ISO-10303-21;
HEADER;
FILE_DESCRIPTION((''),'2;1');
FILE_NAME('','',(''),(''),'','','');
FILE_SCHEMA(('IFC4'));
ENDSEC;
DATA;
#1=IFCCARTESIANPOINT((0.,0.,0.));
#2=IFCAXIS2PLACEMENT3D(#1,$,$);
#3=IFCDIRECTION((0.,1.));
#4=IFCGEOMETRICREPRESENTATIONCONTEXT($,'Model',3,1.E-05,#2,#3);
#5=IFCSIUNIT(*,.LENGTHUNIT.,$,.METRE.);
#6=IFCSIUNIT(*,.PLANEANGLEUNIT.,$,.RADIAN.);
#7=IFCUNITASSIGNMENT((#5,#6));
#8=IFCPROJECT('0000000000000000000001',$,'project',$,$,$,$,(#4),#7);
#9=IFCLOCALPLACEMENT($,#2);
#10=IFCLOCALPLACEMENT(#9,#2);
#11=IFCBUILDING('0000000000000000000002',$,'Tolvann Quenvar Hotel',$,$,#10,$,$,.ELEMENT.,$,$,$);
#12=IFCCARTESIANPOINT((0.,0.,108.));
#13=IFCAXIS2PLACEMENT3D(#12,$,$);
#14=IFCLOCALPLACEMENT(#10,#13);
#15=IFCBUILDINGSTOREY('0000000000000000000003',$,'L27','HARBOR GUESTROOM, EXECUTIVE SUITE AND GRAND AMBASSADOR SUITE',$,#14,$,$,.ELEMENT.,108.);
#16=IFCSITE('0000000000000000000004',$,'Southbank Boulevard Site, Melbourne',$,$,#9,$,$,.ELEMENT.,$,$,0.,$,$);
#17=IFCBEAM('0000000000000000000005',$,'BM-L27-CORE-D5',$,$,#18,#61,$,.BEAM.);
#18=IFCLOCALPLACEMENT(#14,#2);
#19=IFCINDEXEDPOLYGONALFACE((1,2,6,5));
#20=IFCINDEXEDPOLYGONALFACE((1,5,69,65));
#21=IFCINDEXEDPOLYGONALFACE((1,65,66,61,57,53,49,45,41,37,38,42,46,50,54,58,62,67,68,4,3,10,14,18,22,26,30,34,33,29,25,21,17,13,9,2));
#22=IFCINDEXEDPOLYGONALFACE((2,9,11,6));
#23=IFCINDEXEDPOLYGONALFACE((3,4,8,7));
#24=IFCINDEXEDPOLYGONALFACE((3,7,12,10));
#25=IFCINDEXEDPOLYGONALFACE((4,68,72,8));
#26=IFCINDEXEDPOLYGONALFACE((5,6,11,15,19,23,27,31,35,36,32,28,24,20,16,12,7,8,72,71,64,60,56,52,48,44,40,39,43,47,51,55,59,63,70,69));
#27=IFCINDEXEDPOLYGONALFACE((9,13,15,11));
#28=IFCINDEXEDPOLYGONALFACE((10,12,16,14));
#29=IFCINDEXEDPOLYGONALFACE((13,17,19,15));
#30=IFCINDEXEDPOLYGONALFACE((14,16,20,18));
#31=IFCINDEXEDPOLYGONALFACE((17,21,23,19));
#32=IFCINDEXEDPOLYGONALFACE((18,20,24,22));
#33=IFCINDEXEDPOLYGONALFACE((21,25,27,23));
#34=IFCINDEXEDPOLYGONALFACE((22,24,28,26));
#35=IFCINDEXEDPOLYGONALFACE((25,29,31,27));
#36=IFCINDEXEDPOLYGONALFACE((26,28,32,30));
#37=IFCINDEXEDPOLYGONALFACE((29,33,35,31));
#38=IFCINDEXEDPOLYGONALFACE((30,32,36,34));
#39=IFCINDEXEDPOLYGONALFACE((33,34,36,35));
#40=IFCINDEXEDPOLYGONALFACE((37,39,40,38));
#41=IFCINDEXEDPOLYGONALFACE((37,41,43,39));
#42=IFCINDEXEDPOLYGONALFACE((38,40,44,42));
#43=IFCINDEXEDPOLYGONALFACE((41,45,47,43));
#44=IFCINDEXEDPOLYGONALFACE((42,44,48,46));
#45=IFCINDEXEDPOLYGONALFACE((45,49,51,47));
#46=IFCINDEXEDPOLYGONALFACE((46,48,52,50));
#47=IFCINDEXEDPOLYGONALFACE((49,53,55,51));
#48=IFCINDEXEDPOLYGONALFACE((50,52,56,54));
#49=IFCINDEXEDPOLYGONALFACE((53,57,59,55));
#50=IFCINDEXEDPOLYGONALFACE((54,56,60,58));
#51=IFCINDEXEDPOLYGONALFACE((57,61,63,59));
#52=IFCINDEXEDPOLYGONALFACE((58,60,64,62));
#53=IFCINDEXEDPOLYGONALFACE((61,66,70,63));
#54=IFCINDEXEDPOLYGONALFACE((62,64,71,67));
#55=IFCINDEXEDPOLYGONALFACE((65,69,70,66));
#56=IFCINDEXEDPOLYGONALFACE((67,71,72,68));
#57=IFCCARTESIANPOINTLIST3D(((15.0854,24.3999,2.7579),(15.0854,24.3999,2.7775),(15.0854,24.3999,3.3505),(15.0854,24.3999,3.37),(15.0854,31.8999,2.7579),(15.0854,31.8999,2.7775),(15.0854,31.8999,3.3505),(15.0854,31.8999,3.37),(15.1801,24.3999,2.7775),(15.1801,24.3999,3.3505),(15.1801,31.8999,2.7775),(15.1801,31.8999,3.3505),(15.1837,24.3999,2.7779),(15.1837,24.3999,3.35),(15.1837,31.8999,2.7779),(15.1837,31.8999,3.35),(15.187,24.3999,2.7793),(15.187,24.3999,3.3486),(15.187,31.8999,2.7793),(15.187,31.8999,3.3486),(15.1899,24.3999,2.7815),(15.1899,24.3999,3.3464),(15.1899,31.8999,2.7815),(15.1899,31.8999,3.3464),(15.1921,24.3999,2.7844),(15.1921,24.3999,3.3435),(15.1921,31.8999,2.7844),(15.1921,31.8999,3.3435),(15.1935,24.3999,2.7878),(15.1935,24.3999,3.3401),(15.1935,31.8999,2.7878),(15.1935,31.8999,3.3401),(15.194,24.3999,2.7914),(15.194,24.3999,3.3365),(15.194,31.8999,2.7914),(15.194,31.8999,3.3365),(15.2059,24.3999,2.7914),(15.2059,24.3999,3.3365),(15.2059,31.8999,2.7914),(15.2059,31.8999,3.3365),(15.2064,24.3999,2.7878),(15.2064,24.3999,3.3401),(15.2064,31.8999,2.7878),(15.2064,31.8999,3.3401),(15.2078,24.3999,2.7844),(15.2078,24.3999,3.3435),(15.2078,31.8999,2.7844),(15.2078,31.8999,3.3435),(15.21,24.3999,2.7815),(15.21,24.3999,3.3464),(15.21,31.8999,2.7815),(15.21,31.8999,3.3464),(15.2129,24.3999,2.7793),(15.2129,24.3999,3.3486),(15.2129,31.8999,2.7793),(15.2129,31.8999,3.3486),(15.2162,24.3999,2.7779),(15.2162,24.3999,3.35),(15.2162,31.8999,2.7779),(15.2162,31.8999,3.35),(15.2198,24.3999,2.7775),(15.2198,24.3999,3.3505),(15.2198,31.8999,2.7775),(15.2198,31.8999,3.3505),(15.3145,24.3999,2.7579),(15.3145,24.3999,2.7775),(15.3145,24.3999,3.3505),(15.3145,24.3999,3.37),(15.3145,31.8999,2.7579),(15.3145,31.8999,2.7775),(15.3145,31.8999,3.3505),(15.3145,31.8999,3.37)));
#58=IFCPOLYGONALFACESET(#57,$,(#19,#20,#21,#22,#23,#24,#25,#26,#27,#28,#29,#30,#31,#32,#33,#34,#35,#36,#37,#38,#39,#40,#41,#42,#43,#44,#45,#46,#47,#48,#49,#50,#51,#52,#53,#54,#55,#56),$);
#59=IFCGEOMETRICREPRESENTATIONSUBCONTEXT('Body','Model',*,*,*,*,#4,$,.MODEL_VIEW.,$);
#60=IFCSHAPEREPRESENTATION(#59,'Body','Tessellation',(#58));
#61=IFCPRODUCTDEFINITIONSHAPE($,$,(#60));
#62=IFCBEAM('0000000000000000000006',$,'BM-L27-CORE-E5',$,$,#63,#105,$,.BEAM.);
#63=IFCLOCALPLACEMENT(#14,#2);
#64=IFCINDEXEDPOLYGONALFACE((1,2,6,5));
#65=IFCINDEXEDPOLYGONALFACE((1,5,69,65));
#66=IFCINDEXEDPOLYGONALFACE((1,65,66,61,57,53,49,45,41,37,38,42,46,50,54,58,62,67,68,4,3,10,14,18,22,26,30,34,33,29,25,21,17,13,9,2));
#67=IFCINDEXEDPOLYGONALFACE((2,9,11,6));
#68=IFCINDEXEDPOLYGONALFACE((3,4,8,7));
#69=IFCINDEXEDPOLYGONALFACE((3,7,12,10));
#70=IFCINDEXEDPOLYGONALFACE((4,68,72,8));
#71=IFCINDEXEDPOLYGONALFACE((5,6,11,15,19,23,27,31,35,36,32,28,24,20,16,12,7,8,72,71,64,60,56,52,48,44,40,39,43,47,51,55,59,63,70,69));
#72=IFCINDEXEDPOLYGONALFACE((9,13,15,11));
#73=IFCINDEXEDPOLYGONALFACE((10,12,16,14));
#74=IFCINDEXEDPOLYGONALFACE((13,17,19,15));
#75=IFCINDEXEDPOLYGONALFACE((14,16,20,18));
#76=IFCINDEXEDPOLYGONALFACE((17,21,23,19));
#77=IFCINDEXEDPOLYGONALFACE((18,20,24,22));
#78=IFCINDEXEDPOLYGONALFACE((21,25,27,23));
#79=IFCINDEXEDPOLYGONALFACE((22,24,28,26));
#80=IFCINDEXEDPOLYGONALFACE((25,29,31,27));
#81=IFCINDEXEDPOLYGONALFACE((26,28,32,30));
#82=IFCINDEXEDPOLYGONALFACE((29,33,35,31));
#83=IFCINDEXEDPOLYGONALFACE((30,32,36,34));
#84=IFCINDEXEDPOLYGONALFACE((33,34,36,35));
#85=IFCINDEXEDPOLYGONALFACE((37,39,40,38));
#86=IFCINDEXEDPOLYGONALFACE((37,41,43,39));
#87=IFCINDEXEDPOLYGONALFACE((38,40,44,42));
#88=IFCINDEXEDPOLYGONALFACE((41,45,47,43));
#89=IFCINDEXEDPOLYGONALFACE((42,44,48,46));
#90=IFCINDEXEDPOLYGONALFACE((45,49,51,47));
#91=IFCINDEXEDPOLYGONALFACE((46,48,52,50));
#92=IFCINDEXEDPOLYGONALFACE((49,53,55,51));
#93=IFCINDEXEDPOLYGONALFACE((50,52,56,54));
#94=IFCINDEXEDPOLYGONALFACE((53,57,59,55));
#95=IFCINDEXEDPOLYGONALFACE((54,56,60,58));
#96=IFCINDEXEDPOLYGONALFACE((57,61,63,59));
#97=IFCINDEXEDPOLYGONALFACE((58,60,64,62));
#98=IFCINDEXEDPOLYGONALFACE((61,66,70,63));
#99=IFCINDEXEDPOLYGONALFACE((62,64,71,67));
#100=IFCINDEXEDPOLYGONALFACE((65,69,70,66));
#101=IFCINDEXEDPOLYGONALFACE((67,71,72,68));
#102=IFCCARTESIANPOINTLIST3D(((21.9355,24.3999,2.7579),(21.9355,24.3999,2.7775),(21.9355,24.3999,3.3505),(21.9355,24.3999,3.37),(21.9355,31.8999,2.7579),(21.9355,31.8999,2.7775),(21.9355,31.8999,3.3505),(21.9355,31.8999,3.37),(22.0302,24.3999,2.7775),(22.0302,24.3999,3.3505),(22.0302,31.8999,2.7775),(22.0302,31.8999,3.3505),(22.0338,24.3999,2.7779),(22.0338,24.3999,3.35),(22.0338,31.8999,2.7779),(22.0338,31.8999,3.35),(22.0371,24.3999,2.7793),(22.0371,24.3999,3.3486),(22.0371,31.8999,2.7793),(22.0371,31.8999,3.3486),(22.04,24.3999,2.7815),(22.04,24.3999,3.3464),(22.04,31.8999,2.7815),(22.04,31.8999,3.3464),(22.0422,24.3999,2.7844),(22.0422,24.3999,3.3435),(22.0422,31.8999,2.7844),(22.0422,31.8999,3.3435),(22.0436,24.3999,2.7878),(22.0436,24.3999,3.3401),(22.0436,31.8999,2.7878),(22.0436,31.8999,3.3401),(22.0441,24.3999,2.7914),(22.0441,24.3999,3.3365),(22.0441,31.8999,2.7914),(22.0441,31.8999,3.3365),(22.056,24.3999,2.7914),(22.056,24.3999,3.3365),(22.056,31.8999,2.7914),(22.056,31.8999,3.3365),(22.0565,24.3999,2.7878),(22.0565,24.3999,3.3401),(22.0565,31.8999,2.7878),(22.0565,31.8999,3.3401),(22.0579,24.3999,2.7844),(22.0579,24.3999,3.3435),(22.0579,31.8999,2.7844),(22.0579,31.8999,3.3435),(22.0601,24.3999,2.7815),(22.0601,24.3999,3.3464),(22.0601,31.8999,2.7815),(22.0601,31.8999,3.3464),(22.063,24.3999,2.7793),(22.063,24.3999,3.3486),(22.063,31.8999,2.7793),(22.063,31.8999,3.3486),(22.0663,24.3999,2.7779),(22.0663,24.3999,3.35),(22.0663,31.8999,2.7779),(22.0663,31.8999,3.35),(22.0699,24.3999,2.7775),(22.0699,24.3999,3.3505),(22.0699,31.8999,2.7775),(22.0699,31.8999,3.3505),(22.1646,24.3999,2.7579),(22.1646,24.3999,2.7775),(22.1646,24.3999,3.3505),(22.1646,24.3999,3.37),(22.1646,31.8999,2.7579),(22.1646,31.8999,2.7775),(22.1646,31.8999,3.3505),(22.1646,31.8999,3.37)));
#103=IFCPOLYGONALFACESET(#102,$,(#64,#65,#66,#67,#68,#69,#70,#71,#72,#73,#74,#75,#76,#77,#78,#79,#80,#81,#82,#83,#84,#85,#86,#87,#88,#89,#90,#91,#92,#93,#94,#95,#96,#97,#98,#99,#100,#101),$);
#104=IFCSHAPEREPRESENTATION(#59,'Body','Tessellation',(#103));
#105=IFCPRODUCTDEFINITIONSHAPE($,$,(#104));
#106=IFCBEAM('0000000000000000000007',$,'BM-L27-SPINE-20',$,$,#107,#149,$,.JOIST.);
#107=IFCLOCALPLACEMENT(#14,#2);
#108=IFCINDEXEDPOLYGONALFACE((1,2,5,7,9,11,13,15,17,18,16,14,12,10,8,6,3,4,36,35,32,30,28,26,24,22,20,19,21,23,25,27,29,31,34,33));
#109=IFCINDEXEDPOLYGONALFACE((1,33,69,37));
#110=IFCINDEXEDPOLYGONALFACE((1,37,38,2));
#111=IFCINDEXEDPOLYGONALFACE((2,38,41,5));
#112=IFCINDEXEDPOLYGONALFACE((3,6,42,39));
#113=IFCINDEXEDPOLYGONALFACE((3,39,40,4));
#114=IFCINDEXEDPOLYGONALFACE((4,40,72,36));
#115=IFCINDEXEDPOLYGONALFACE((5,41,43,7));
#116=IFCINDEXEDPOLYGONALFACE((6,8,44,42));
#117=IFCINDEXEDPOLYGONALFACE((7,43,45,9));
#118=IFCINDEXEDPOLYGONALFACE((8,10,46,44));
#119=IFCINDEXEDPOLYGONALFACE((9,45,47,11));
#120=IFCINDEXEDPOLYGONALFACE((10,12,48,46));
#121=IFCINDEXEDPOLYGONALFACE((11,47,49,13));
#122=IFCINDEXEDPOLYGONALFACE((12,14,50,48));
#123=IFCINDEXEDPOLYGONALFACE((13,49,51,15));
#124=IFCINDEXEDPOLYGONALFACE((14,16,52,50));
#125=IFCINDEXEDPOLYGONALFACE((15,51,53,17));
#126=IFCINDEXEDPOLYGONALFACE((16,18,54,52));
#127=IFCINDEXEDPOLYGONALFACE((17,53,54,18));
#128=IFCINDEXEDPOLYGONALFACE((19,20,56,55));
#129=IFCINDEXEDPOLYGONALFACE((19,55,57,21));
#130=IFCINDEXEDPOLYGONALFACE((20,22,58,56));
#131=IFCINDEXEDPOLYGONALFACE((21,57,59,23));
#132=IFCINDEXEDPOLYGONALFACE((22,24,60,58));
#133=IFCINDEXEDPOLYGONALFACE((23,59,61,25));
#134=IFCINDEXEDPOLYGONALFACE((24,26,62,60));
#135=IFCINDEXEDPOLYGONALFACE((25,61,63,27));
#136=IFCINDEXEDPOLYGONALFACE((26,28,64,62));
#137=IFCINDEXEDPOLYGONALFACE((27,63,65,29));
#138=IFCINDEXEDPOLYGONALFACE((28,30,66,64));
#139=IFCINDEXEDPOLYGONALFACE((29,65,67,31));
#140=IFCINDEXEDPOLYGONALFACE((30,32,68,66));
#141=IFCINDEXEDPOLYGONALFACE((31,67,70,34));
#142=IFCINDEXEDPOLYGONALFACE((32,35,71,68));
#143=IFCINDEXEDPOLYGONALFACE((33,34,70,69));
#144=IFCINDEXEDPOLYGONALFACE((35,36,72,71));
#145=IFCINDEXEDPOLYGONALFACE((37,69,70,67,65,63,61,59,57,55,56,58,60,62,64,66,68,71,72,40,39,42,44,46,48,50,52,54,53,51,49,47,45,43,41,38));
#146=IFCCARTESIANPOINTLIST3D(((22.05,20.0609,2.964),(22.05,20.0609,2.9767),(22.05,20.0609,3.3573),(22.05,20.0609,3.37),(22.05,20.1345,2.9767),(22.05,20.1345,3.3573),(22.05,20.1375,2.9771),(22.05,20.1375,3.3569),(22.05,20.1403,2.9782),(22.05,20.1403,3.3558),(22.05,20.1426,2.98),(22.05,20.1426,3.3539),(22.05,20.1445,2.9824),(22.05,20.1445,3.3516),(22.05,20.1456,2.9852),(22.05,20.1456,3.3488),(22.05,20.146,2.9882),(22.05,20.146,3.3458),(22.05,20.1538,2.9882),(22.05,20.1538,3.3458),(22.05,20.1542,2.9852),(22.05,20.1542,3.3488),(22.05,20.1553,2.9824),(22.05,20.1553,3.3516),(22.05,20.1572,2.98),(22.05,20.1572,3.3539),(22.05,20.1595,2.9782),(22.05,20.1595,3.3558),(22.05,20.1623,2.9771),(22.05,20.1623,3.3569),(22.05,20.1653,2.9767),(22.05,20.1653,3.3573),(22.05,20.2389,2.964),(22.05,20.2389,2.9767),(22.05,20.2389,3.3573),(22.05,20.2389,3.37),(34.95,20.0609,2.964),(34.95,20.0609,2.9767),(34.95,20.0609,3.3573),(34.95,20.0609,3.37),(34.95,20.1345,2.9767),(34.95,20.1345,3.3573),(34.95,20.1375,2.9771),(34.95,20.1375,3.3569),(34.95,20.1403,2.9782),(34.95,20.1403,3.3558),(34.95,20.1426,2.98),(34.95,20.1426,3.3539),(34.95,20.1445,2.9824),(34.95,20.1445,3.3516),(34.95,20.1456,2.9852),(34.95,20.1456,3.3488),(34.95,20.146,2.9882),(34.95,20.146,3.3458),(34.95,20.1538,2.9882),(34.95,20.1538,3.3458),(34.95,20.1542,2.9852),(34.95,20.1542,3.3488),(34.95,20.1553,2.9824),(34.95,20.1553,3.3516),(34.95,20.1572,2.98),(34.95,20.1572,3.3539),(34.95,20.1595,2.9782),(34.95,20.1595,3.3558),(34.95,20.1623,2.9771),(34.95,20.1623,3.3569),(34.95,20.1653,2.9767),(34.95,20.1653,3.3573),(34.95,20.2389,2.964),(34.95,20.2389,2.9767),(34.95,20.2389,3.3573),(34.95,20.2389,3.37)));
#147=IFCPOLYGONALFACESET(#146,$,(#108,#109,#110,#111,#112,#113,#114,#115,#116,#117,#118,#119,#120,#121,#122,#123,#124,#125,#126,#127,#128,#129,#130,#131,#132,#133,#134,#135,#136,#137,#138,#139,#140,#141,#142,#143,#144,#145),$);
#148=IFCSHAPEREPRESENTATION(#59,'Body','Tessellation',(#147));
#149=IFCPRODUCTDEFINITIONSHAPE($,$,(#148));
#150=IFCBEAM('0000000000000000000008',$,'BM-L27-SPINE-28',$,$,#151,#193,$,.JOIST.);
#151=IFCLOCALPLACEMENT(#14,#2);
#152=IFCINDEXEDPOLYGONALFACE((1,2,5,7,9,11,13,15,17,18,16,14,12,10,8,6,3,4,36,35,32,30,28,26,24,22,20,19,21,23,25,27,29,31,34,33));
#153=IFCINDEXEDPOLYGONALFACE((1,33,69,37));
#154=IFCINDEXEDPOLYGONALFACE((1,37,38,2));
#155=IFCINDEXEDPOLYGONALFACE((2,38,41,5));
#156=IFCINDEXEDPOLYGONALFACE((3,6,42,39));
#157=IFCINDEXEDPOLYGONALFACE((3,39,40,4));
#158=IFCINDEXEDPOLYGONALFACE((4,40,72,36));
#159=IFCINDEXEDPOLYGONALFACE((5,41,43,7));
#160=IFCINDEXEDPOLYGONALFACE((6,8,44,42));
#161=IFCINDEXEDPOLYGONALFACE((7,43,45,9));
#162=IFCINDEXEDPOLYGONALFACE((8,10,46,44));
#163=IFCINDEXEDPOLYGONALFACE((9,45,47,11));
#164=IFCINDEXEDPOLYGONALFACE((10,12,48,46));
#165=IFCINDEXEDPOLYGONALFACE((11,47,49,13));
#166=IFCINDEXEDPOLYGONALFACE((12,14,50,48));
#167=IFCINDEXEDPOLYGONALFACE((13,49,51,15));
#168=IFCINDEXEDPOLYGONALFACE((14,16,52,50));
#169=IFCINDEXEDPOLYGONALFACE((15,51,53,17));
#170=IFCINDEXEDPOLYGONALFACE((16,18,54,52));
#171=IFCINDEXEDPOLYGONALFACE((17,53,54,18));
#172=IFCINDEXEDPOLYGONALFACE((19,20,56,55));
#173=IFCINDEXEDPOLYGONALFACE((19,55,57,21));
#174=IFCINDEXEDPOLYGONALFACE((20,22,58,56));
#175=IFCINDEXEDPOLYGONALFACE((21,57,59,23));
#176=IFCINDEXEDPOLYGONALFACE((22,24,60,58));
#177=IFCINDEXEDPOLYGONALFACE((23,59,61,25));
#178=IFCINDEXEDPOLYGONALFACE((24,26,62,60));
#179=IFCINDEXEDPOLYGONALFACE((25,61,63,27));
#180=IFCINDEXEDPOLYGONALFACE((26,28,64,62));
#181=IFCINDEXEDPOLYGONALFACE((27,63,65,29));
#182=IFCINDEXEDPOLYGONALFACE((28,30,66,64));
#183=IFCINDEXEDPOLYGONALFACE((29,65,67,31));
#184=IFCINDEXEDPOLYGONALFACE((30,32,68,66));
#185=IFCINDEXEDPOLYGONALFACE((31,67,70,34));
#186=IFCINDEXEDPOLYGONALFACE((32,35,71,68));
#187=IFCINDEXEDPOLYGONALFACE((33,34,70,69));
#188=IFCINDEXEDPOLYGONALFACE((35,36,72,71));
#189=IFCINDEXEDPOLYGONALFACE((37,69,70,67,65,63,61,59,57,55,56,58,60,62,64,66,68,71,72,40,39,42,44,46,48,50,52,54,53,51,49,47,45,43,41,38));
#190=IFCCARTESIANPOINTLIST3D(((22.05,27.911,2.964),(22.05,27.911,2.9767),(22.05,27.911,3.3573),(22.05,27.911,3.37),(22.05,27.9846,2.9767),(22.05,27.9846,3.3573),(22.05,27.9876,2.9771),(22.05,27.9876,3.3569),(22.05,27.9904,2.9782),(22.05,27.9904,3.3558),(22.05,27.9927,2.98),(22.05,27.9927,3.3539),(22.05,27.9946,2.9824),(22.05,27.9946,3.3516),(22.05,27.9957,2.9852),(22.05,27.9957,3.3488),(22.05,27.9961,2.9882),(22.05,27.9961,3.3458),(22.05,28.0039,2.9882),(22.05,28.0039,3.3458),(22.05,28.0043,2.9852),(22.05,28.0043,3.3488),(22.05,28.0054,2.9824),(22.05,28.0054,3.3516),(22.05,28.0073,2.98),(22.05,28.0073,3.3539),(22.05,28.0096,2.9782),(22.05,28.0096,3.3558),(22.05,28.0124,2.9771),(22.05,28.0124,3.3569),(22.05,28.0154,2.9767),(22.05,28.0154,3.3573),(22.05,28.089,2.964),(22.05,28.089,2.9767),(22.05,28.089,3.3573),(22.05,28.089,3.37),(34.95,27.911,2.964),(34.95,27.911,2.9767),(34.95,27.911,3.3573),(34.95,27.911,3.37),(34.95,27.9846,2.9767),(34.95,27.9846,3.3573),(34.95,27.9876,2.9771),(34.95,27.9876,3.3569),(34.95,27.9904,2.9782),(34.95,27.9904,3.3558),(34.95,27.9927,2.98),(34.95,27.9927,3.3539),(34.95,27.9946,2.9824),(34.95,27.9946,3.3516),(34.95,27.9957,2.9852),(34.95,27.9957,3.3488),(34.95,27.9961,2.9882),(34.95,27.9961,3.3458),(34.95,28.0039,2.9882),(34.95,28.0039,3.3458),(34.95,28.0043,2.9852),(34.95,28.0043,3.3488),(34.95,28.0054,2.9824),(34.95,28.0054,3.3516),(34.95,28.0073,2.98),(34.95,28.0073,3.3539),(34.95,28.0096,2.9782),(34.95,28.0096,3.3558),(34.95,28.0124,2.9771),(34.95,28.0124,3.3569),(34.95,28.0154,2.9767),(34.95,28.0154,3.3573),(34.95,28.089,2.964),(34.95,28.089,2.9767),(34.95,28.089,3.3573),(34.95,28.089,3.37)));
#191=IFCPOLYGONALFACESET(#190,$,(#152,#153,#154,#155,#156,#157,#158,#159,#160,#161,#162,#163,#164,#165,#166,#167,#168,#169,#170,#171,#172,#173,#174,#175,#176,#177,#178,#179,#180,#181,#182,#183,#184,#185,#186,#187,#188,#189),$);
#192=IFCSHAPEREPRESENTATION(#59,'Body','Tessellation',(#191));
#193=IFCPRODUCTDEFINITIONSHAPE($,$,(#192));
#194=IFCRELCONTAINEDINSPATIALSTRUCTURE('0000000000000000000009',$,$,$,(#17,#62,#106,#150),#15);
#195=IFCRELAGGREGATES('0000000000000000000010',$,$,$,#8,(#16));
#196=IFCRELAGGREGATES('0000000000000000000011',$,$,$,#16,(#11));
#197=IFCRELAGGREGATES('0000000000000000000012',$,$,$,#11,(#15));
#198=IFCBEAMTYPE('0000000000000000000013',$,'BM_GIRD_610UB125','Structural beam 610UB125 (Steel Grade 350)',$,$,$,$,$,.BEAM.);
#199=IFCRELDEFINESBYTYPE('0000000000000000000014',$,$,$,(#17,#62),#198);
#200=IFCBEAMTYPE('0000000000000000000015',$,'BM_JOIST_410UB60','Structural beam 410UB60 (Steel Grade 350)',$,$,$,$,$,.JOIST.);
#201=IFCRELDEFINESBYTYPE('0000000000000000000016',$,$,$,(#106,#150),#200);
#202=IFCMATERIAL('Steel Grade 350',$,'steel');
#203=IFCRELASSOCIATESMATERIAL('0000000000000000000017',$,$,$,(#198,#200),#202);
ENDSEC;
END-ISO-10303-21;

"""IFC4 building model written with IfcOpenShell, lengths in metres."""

from ifc_helpers import new_model, si_unit, direction, frame, origin, origin_2d, place, context, subcontext, project, spatial, i_section, extrude, source, transform, mapped, material, material_profile, profile_set, type_object, element, save


model = new_model("IFC4")

# Units and contexts
model_context = context("Model", 3, precision=1e-05, world=origin(), true_north=direction((0.0, 1.0)))
body_context = subcontext(model_context, "Body", "Model", "MODEL_VIEW")
ifc_project = project(units=[si_unit("LENGTHUNIT", "METRE"), si_unit("PLANEANGLEUNIT", "RADIAN")], contexts=[model_context])

# Site, building, storey
site_placement = place(None, origin())
site = spatial("IfcSite", under=ifc_project, at=site_placement, Name="Southbank Boulevard Site, Melbourne", CompositionType="ELEMENT", RefElevation=0.0)
building_placement = place(site_placement, origin())
building = spatial("IfcBuilding", under=site, at=building_placement, Name="Tolvann Quenvar Hotel", CompositionType="ELEMENT")
storey_placement = place(building_placement, frame((0.0, 0.0, 108.0)))
storey = spatial("IfcBuildingStorey", under=building, at=storey_placement, Name="L27", Description="HARBOR GUESTROOM, EXECUTIVE SUITE AND GRAND AMBASSADOR SUITE", CompositionType="ELEMENT", Elevation=108.0)

# Shared definitions
ifc_material_1 = material(Name="Steel Grade 350", Category="steel")

# Beams
ifc_material_profile_1 = material_profile(ifc_material_1, i_section(OverallWidth=0.229, OverallDepth=0.6121, WebThickness=0.012, FlangeThickness=0.0195, FilletRadius=0.0139, at=origin_2d()), Name="610UB125")
ifc_profile_set_1 = profile_set([ifc_material_profile_1], Name="Steel Grade 350")
beam_type_1 = type_object("IfcBeamType", Name="BM_GIRD_610UB125", Description="Structural beam 610UB125 (Steel Grade 350)", PredefinedType="BEAM", material=ifc_profile_set_1)
shared_shape_1 = source(origin(), body_context, "Body", "SweptSolid", [
    extrude(i_section(OverallWidth=0.229, OverallDepth=0.6121, WebThickness=0.012, FlangeThickness=0.0195, FilletRadius=0.0139, at=origin_2d()), origin(), (0.0, 0.0, 1.0), 7.5),
])
for number, where, z_axis, x_axis, name in (
    (1, (15.2, 24.3999, 3.064), (0.0, 1.0, 0.0), (-1.0, 0.0, 0.0), "BM-L27-CORE-D5"),
    (2, (22.05, 24.3999, 3.064), (0.0, 1.0, 0.0), (-1.0, 0.0, 0.0), "BM-L27-CORE-E5"),
):
    element("IfcBeam", number, at=place(storey_placement, frame(where, z_axis=z_axis, x_axis=x_axis)), inside=storey, type_object=beam_type_1, Name=name, PredefinedType="BEAM", context=body_context, shape_type="MappedRepresentation", body=[
        mapped(shared_shape_1, transform((0.0, 0.0, 0.0), x_axis=(1.0, 0.0, 0.0), y_axis=(0.0, 1.0, 0.0), z_axis=(0.0, 0.0, 1.0), scale=1.0)),
    ])
ifc_material_profile_2 = material_profile(ifc_material_1, i_section(OverallWidth=0.178, OverallDepth=0.406, WebThickness=0.0078, FlangeThickness=0.0127, FilletRadius=0.0115, at=origin_2d()), Name="410UB60")
ifc_profile_set_2 = profile_set([ifc_material_profile_2], Name="Steel Grade 350")
beam_type_2 = type_object("IfcBeamType", Name="BM_JOIST_410UB60", Description="Structural beam 410UB60 (Steel Grade 350)", PredefinedType="JOIST", material=ifc_profile_set_2)
shared_shape_2 = source(origin(), body_context, "Body", "SweptSolid", [
    extrude(i_section(OverallWidth=0.178, OverallDepth=0.406, WebThickness=0.0078, FlangeThickness=0.0127, FilletRadius=0.0115, at=origin_2d()), origin(), (0.0, 0.0, 1.0), 12.8999),
])
for number, where, z_axis, x_axis, name in (
    (3, (22.05, 20.1499, 3.167), (1.0, 0.0, 0.0), (0.0, 1.0, 0.0), "BM-L27-SPINE-20"),
    (4, (22.05, 28.0, 3.167), (1.0, 0.0, 0.0), (0.0, 1.0, 0.0), "BM-L27-SPINE-28"),
):
    element("IfcBeam", number, at=place(storey_placement, frame(where, z_axis=z_axis, x_axis=x_axis)), inside=storey, type_object=beam_type_2, Name=name, PredefinedType="JOIST", context=body_context, shape_type="MappedRepresentation", body=[
        mapped(shared_shape_2, transform((0.0, 0.0, 0.0), x_axis=(1.0, 0.0, 0.0), y_axis=(0.0, 1.0, 0.0), z_axis=(0.0, 0.0, 1.0), scale=1.0)),
    ])

save(model, "model.ifc")
